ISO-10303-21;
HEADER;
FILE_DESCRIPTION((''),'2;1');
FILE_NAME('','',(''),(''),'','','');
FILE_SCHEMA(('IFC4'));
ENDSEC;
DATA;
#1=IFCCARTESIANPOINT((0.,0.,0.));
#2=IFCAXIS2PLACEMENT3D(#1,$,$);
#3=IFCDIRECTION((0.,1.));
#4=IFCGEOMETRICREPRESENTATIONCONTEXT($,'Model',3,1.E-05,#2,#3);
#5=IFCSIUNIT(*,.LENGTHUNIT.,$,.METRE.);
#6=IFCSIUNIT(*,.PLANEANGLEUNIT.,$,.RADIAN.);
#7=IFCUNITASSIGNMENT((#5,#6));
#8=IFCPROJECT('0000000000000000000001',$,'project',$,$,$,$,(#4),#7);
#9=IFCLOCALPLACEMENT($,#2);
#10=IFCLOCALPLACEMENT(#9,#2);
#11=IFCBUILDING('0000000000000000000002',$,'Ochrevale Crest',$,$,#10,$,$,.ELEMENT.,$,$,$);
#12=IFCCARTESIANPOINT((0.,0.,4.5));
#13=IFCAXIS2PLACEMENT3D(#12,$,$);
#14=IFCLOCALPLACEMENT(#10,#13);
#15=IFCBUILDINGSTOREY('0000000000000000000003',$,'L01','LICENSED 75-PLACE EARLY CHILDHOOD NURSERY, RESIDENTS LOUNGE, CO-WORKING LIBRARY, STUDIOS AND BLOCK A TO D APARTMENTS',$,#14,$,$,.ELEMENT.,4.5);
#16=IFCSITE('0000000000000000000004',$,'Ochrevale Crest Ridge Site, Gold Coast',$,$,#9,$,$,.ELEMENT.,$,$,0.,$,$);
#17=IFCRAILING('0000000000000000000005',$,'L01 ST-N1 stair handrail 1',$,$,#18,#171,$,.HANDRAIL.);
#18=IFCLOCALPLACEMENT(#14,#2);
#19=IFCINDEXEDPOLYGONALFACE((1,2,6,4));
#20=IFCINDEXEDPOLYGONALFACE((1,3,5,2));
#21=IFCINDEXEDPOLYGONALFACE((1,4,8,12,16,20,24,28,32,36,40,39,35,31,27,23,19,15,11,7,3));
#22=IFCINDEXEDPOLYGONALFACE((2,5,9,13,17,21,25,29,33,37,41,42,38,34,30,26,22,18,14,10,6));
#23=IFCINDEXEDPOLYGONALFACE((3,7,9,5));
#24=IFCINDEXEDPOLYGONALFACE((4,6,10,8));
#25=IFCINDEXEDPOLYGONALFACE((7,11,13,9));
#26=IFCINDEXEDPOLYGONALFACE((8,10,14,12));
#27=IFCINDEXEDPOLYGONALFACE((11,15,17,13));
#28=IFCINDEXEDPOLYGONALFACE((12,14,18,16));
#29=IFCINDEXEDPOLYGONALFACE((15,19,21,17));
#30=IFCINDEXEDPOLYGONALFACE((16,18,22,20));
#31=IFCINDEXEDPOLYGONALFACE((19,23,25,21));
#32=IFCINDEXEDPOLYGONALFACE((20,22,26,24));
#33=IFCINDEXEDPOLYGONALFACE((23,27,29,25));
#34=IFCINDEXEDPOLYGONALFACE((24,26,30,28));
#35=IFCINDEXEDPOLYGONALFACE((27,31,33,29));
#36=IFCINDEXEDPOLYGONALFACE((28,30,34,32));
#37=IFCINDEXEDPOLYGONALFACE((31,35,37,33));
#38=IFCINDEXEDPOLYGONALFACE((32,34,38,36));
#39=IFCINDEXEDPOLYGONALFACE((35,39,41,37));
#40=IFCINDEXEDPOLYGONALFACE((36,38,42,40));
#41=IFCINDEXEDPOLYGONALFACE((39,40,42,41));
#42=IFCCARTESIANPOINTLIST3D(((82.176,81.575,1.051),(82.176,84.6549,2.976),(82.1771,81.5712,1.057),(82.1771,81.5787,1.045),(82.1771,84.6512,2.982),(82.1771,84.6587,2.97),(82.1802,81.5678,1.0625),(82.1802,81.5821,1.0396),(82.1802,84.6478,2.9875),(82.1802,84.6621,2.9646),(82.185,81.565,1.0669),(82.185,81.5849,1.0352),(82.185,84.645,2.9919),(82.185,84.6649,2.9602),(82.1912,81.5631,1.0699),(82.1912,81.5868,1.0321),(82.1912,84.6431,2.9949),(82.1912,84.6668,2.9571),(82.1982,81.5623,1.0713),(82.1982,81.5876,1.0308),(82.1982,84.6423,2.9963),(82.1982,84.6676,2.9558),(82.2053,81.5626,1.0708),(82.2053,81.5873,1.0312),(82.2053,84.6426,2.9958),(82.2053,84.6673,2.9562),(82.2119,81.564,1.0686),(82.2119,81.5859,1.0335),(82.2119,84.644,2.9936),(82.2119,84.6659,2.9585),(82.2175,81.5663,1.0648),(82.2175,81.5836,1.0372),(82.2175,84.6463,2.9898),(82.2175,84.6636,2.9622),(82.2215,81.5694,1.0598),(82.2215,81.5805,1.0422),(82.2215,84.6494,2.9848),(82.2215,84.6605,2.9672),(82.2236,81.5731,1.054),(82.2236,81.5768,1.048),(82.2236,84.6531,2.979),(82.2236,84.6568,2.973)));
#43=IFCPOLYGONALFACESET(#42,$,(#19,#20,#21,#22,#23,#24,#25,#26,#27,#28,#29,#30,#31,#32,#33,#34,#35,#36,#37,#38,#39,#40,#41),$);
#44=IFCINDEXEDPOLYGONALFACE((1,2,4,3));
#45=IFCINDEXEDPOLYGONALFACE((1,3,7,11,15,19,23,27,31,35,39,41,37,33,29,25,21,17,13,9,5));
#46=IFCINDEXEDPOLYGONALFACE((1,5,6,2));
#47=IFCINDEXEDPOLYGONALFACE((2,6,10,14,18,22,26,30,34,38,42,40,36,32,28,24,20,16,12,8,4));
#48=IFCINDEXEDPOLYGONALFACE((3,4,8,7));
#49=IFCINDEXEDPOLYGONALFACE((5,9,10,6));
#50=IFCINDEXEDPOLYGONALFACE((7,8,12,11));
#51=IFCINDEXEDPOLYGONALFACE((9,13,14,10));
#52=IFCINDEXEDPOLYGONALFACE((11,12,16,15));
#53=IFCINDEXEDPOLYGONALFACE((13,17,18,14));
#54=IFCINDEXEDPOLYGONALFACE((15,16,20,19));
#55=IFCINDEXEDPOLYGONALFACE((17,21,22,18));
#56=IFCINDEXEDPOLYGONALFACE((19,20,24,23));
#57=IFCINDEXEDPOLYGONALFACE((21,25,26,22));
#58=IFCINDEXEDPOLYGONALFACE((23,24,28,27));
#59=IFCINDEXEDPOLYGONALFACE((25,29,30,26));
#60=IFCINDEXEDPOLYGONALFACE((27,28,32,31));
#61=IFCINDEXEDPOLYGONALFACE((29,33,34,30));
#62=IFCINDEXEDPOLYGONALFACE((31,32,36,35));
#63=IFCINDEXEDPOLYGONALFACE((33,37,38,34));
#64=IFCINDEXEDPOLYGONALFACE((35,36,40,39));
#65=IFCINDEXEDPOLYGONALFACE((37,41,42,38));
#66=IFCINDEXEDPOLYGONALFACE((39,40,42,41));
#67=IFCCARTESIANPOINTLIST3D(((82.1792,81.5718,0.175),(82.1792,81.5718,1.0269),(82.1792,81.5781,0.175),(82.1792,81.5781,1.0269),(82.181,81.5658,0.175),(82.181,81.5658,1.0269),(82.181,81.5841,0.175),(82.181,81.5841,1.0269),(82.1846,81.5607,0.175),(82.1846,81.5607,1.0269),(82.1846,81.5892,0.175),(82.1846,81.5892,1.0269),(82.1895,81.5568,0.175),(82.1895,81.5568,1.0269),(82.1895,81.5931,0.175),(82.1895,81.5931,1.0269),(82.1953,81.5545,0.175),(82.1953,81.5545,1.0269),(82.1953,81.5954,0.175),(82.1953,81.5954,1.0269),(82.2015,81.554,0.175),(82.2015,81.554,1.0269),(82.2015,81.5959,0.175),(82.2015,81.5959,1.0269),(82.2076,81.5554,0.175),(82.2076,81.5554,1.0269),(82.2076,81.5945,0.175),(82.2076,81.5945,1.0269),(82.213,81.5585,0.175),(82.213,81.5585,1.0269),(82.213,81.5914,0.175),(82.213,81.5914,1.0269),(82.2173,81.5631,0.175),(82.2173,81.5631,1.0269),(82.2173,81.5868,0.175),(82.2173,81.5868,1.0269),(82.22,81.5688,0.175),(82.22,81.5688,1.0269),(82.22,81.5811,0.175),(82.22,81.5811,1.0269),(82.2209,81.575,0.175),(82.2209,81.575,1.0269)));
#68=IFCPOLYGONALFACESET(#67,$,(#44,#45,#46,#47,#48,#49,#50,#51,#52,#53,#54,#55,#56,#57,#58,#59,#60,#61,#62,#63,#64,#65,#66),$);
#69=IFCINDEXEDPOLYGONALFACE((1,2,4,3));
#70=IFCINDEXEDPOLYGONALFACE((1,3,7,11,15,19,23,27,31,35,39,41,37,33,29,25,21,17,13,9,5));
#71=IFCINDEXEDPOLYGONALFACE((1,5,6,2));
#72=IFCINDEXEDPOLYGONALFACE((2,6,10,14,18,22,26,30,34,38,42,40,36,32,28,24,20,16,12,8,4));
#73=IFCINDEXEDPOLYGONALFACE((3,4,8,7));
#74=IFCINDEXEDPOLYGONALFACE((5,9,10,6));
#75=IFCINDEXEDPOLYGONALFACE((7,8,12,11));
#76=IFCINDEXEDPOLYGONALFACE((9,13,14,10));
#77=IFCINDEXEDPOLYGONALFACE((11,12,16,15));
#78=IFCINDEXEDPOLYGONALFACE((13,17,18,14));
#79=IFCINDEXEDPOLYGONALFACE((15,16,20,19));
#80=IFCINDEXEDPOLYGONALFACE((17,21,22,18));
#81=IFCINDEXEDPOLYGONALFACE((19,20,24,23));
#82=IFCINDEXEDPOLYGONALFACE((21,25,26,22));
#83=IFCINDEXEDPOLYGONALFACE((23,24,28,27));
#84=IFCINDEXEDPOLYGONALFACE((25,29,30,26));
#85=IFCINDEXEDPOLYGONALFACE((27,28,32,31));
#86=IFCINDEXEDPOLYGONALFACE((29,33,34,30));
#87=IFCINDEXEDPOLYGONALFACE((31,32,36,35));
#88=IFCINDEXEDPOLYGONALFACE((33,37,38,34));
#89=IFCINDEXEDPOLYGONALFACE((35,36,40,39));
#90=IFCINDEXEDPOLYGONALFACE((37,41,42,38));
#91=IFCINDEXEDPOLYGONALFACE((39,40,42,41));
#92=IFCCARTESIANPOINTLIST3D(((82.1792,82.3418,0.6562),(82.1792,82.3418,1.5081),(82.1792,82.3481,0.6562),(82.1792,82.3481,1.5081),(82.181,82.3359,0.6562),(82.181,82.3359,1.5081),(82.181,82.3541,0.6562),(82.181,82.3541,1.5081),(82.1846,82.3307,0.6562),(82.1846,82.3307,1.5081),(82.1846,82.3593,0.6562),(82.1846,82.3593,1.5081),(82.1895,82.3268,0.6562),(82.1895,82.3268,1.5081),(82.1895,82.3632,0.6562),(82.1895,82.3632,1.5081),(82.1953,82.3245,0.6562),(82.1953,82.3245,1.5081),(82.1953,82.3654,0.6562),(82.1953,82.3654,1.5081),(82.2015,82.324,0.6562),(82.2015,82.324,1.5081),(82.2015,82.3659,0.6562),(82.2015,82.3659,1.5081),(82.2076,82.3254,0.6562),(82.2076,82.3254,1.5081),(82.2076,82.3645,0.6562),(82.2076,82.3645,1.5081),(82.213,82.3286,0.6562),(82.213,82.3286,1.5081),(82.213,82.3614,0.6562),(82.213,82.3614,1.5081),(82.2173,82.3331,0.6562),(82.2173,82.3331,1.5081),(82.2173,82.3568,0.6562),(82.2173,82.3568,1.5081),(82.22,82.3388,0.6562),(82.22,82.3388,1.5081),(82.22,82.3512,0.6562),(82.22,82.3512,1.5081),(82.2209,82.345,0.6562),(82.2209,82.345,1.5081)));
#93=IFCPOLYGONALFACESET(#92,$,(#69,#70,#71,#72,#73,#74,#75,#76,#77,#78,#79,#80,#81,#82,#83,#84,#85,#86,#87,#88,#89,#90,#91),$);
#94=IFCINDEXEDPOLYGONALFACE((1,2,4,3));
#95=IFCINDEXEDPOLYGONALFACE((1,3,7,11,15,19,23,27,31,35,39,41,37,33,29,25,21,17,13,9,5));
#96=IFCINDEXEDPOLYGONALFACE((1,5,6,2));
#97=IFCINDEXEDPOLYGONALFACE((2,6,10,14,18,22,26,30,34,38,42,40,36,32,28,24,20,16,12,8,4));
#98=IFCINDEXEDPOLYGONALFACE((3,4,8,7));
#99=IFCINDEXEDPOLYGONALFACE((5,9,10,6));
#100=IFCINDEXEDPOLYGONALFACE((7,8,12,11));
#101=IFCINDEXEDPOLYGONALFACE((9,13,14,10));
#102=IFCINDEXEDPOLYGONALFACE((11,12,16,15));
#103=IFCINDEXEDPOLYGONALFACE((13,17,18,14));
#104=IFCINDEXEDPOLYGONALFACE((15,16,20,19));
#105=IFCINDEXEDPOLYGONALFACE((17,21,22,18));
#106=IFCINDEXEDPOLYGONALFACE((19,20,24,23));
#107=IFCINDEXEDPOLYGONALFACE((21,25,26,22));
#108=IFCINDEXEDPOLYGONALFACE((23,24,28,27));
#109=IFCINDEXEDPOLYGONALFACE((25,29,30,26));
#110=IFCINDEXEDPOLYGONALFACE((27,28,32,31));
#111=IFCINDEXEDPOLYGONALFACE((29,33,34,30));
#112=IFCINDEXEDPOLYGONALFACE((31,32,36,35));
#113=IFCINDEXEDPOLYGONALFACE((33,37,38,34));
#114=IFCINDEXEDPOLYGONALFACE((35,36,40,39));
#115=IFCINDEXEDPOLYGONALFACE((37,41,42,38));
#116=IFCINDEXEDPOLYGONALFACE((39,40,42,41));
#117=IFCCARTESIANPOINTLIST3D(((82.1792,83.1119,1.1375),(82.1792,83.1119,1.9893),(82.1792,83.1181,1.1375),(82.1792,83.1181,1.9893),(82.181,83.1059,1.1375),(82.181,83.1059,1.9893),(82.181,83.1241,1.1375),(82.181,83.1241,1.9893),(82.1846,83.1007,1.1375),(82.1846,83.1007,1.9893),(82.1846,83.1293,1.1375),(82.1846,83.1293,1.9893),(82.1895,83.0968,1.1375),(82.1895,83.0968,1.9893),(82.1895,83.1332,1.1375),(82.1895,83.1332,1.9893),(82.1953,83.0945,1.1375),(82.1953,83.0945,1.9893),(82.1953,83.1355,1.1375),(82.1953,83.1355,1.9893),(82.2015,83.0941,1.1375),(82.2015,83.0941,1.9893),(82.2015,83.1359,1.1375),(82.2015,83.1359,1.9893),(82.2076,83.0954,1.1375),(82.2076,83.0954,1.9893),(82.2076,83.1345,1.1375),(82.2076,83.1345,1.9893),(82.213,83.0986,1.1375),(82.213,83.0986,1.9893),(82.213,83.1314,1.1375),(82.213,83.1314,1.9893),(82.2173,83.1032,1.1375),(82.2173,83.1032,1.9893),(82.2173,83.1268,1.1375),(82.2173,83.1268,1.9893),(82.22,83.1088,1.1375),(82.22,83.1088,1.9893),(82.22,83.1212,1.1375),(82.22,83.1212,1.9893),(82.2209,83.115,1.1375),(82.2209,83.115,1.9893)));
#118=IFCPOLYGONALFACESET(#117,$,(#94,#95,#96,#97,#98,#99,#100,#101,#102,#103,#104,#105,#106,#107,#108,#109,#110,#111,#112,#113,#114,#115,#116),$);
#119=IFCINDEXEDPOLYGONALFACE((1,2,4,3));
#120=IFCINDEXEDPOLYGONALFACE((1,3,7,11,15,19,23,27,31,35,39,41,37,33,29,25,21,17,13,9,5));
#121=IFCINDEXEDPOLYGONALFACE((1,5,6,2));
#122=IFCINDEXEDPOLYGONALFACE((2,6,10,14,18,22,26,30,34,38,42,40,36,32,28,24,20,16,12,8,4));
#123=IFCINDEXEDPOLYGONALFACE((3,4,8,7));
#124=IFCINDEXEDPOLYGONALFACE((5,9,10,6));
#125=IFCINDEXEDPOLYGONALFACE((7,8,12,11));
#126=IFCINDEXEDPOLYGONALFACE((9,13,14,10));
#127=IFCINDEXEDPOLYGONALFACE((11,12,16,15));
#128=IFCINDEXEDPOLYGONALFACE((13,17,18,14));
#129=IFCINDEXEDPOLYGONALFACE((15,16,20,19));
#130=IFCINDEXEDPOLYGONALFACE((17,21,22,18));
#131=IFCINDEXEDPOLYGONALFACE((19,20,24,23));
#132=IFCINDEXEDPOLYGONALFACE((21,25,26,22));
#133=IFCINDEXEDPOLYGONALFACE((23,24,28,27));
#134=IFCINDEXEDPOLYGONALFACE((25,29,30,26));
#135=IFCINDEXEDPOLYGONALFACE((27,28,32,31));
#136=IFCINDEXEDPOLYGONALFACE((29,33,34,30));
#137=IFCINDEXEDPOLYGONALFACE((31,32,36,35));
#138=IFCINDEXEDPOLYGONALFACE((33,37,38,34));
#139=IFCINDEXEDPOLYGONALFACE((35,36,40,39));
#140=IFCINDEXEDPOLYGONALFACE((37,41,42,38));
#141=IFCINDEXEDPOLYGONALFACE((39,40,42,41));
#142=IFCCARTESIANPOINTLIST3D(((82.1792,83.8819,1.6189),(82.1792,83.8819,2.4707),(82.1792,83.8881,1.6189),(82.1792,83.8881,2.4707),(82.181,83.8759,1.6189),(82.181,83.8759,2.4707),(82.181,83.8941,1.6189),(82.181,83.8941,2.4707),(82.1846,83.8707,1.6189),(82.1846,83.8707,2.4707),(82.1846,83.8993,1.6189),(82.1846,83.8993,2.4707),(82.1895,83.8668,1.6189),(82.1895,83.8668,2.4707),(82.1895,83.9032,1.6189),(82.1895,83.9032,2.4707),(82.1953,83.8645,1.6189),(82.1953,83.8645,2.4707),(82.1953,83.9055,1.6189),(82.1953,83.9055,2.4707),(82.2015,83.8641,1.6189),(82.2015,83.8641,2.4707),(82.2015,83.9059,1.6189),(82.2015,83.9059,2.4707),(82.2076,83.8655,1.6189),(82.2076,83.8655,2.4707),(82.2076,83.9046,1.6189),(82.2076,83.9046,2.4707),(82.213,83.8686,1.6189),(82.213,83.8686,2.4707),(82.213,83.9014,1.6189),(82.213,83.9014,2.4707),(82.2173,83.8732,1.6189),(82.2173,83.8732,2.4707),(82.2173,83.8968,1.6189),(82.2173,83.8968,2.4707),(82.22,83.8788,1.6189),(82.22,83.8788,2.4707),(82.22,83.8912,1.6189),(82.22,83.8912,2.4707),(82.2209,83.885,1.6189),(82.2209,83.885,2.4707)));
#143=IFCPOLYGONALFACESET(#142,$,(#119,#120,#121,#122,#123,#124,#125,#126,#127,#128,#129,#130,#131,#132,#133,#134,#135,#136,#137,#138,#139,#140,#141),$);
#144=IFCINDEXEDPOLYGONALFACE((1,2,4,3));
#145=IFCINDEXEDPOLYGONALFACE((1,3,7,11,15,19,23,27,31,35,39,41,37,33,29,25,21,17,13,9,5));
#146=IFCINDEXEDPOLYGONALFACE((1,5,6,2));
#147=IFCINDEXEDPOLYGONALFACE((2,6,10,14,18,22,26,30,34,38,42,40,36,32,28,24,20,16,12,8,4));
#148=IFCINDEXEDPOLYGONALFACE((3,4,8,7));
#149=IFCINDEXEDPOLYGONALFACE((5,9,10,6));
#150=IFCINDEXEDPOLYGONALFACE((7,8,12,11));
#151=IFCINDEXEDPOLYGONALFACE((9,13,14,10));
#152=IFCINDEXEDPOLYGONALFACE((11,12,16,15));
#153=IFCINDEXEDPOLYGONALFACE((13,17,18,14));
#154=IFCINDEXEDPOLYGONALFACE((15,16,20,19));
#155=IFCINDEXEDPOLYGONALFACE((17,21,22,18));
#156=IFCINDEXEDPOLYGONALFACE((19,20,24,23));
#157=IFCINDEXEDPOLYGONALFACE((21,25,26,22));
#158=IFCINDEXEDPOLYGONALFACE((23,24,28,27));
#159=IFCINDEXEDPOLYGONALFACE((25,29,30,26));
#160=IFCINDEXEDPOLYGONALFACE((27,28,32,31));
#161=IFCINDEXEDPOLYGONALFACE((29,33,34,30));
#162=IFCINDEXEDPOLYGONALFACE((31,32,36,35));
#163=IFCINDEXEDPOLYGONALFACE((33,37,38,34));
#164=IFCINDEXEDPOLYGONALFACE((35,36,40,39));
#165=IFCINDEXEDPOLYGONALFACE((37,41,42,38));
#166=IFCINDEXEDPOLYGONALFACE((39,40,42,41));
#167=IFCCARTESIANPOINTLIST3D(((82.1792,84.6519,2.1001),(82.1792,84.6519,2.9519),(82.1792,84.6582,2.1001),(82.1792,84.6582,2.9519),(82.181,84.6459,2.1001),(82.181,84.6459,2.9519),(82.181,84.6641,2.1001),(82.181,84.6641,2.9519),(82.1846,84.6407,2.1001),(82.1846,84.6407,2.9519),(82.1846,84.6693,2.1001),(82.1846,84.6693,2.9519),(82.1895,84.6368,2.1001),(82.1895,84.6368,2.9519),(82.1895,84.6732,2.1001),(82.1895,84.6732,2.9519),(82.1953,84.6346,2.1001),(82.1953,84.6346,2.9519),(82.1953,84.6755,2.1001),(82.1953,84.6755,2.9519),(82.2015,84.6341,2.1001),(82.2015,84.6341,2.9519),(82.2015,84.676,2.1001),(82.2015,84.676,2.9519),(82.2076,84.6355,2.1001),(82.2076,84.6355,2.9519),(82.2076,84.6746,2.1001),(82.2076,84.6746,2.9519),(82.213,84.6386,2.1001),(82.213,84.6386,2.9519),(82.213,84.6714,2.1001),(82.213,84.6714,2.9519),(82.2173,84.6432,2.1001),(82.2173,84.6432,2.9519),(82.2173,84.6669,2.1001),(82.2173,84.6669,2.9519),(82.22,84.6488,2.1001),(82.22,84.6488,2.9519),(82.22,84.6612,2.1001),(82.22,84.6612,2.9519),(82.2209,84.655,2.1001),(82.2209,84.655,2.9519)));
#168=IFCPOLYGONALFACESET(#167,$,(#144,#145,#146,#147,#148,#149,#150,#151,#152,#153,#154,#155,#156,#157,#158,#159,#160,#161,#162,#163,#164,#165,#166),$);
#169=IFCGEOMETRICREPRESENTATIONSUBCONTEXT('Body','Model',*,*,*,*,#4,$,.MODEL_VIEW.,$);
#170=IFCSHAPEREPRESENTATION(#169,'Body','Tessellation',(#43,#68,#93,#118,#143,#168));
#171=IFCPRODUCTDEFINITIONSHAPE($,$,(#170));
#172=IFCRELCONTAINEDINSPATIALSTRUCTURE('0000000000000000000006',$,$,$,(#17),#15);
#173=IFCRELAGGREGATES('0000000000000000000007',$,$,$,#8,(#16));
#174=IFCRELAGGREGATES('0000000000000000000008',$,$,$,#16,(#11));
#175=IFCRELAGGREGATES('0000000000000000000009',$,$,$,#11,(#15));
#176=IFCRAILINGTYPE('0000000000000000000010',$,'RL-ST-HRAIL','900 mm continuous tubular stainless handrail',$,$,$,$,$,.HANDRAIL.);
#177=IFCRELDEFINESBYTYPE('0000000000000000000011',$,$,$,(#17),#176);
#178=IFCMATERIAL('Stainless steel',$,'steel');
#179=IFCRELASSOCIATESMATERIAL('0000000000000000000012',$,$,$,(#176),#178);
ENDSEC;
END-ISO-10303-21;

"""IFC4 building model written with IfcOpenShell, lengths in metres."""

from ifc_helpers import new_model, si_unit, direction, frame, origin, origin_2d, place, context, subcontext, project, spatial, circle, extrude, material, type_object, element, save


model = new_model("IFC4")

# Units and contexts
model_context = context("Model", 3, precision=1e-05, world=origin(), true_north=direction((0.0, 1.0)))
body_context = subcontext(model_context, "Body", "Model", "MODEL_VIEW")
ifc_project = project(units=[si_unit("LENGTHUNIT", "METRE"), si_unit("PLANEANGLEUNIT", "RADIAN")], contexts=[model_context])

# Site, building, storey
site_placement = place(None, origin())
site = spatial("IfcSite", under=ifc_project, at=site_placement, Name="Ochrevale Crest Ridge Site, Gold Coast", CompositionType="ELEMENT", RefElevation=0.0)
building_placement = place(site_placement, origin())
building = spatial("IfcBuilding", under=site, at=building_placement, Name="Ochrevale Crest", CompositionType="ELEMENT")
storey_placement = place(building_placement, frame((0.0, 0.0, 4.5)))
storey = spatial("IfcBuildingStorey", under=building, at=storey_placement, Name="L01", Description="LICENSED 75-PLACE EARLY CHILDHOOD NURSERY, RESIDENTS LOUNGE, CO-WORKING LIBRARY, STUDIOS AND BLOCK A TO D APARTMENTS", CompositionType="ELEMENT", Elevation=4.5)

# Railing
ifc_material_1 = material(Name="Stainless steel", Category="steel")
railing_type_1 = type_object("IfcRailingType", Name="RL-ST-HRAIL", Description="900 mm continuous tubular stainless handrail", PredefinedType="HANDRAIL", material=ifc_material_1)
railing_1_placement = place(storey_placement, frame((82.2, 81.575, 0.175)))
element("IfcRailing", 1, at=railing_1_placement, inside=storey, type_object=railing_type_1, Name="L01 ST-N1 stair handrail 1", PredefinedType="HANDRAIL", context=body_context, shape_type="SweptSolid", body=[
    extrude(circle(Radius=0.0239, at=origin_2d()), frame((0.0, 0.0, 0.876), z_axis=(0.0, 0.847998, 0.529999), x_axis=(-1.0, 0.0, 0.0)), (0.0, 0.0, 1.0), 3.6321),
    extrude(circle(Radius=0.021, at=origin_2d()), origin(), (0.0, 0.0, 1.0), 0.8518),
    extrude(circle(Radius=0.021, at=origin_2d()), frame((0.0, 0.77, 0.4812)), (0.0, 0.0, 1.0), 0.8518),
    extrude(circle(Radius=0.021, at=origin_2d()), frame((0.0, 1.54, 0.9624)), (0.0, 0.0, 1.0), 0.8518),
    extrude(circle(Radius=0.021, at=origin_2d()), frame((0.0, 2.3101, 1.4438)), (0.0, 0.0, 1.0), 0.8518),
    extrude(circle(Radius=0.021, at=origin_2d()), frame((0.0, 3.0801, 1.925)), (0.0, 0.0, 1.0), 0.8518),
])

save(model, "model.ifc")
